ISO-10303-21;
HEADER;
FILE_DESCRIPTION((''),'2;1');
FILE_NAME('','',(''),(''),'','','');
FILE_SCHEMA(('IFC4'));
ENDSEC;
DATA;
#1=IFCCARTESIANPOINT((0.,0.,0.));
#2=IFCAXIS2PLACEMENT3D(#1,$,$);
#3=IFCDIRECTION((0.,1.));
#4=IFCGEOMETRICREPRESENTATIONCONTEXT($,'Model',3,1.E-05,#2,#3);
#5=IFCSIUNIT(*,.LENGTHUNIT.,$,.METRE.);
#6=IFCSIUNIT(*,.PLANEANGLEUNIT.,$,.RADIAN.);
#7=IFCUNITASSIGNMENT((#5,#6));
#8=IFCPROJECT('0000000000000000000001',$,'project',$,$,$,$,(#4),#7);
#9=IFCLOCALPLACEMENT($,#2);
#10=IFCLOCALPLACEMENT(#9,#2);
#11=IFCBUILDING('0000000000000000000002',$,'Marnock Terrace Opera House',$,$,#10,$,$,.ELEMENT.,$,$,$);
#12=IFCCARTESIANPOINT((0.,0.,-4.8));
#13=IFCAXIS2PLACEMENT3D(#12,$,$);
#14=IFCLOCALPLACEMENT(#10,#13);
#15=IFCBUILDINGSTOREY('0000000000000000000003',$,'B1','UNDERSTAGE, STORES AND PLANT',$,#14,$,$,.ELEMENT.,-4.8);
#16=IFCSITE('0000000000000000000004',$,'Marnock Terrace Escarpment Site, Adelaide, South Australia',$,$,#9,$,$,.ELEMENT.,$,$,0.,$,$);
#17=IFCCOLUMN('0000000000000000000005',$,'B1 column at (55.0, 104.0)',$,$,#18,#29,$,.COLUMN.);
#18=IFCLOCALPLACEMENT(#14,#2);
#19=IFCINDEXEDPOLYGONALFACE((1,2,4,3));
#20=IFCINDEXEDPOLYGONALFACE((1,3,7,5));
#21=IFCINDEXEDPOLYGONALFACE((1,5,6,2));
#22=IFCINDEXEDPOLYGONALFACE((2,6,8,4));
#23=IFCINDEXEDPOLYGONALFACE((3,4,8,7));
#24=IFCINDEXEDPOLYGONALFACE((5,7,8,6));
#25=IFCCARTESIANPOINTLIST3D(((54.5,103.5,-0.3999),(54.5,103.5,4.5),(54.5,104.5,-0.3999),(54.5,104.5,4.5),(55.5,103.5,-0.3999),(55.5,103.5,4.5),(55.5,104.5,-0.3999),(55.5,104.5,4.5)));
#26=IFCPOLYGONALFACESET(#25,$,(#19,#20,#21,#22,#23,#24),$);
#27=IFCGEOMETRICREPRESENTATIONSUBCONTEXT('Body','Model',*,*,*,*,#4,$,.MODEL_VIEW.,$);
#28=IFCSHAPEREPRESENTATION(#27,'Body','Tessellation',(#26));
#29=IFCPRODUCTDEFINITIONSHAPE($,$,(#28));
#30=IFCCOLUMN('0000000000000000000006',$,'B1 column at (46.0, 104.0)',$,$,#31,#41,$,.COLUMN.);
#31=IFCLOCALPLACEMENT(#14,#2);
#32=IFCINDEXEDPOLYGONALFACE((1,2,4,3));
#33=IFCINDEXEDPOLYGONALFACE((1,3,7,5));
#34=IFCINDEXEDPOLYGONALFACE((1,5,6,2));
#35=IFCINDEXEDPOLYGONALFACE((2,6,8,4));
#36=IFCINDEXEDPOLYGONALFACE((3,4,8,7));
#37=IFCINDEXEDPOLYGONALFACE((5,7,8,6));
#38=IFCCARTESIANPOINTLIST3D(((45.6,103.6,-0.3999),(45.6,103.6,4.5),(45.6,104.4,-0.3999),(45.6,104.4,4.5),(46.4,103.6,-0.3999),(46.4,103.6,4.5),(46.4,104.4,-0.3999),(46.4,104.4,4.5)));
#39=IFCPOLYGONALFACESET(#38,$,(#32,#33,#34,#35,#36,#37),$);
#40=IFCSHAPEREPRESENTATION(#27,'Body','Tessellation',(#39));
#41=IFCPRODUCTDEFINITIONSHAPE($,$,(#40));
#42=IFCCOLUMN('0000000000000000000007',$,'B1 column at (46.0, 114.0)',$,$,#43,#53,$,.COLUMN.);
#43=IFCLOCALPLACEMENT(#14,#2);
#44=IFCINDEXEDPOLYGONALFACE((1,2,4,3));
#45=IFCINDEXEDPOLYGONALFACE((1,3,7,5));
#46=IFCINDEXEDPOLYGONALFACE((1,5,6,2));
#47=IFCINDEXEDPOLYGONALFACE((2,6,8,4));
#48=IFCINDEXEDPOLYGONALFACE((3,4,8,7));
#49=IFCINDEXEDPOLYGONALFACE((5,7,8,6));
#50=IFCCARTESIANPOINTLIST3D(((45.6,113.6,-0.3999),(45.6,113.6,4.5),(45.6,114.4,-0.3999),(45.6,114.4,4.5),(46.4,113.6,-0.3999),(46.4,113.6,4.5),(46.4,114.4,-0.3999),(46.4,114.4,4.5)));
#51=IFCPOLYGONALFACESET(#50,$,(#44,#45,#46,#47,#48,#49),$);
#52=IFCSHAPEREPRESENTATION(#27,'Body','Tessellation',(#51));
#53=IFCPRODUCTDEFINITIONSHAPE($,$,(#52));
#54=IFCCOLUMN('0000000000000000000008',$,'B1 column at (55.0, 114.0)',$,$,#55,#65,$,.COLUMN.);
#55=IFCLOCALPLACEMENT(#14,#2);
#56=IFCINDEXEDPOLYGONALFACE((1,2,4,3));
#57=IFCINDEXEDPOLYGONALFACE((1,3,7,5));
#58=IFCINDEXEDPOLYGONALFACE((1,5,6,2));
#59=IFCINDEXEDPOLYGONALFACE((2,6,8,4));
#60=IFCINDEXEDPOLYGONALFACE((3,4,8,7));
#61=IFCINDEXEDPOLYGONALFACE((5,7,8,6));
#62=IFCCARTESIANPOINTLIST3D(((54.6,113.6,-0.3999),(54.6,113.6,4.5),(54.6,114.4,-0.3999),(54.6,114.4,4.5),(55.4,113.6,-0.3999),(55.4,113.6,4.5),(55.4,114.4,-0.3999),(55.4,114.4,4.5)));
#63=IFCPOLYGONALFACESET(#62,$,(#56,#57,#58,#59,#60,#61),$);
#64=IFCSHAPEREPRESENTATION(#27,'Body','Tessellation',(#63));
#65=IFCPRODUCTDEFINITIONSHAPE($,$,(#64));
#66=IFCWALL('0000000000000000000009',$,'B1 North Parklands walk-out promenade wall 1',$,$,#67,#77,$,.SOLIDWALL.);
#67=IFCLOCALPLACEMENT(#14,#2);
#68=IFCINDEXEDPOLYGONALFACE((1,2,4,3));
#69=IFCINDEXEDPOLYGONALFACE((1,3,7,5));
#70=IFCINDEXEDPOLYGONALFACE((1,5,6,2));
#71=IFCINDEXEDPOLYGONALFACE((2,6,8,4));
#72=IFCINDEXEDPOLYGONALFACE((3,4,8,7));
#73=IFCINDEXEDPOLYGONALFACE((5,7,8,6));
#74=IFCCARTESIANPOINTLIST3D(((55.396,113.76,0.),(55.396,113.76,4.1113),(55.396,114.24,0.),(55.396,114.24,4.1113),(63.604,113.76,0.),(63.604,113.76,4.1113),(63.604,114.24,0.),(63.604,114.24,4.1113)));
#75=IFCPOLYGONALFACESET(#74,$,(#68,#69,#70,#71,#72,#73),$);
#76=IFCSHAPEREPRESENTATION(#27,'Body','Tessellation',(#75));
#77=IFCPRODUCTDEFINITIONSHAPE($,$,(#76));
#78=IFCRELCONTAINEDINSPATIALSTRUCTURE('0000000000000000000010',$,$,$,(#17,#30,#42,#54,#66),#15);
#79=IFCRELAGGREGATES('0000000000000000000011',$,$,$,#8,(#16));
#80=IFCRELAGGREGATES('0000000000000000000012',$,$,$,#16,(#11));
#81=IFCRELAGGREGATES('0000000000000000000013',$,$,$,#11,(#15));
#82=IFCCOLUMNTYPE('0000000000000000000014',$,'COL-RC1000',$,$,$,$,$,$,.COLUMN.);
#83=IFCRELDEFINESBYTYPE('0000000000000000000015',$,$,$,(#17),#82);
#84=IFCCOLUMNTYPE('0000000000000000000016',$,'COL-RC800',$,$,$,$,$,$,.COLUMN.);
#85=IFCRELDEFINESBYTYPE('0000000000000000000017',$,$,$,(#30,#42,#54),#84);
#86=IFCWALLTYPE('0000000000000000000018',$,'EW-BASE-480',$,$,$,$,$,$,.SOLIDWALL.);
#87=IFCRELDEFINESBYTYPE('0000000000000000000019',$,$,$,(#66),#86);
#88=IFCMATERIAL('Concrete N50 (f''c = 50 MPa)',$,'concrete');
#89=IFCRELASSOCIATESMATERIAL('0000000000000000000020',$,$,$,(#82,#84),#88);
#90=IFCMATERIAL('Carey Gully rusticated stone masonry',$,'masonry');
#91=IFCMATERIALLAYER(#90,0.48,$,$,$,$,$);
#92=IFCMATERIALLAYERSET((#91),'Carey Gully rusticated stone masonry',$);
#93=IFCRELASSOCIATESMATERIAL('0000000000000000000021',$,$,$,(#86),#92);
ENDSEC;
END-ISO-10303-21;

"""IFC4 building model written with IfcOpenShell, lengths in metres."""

from ifc_helpers import new_model, si_unit, direction, frame, frame_2d, origin, origin_2d, place, context, subcontext, project, spatial, rectangle, extrude, material, layer, layer_set, material_profile, profile_set, type_object, element, save


model = new_model("IFC4")

# Units and contexts
model_context = context("Model", 3, precision=1e-05, world=origin(), true_north=direction((0.0, 1.0)))
body_context = subcontext(model_context, "Body", "Model", "MODEL_VIEW")
ifc_project = project(units=[si_unit("LENGTHUNIT", "METRE"), si_unit("PLANEANGLEUNIT", "RADIAN")], contexts=[model_context])

# Site, building, storey
site_placement = place(None, origin())
site = spatial("IfcSite", under=ifc_project, at=site_placement, Name="Marnock Terrace Escarpment Site, Adelaide, South Australia", CompositionType="ELEMENT", RefElevation=0.0)
building_placement = place(site_placement, origin())
building = spatial("IfcBuilding", under=site, at=building_placement, Name="Marnock Terrace Opera House", CompositionType="ELEMENT")
storey_placement = place(building_placement, frame((0.0, 0.0, -4.8)))
storey = spatial("IfcBuildingStorey", under=building, at=storey_placement, Name="B1", Description="UNDERSTAGE, STORES AND PLANT", CompositionType="ELEMENT", Elevation=-4.8)

# Columns
ifc_material_1 = material(Name="Concrete N50 (f'c = 50 MPa)", Category="concrete")
ifc_material_profile_1 = material_profile(ifc_material_1, rectangle(XDim=1.0, YDim=1.0, at=origin_2d()))
ifc_profile_set_1 = profile_set([ifc_material_profile_1], Name="Concrete N50 (f'c = 50 MPa)")
column_type_1 = type_object("IfcColumnType", Name="COL-RC1000", PredefinedType="COLUMN", material=ifc_profile_set_1)
column_placement = place(storey_placement, frame((55.0, 104.0, -0.3999), z_axis=(0.0, 0.0, 1.0), x_axis=(1.0, 0.0, 0.0)))
element("IfcColumn", 1, at=column_placement, inside=storey, type_object=column_type_1, Name="B1 column at (55.0, 104.0)", PredefinedType="COLUMN", context=body_context, shape_type="SweptSolid", body=[
    extrude(rectangle(XDim=1.0, YDim=1.0, at=origin_2d()), origin(), (0.0, 0.0, 1.0), 4.8999),
])
ifc_material_profile_2 = material_profile(ifc_material_1, rectangle(XDim=0.8, YDim=0.8, at=origin_2d()))
ifc_profile_set_2 = profile_set([ifc_material_profile_2], Name="Concrete N50 (f'c = 50 MPa)")
column_type_2 = type_object("IfcColumnType", Name="COL-RC800", PredefinedType="COLUMN", material=ifc_profile_set_2)
for number, where, z_axis, x_axis, name in (
    (2, (46.0, 104.0, -0.3999), (0.0, 0.0, 1.0), (1.0, 0.0, 0.0), "B1 column at (46.0, 104.0)"),
    (3, (46.0, 114.0, -0.3999), (0.0, 0.0, 1.0), (1.0, 0.0, 0.0), "B1 column at (46.0, 114.0)"),
    (4, (55.0, 114.0, -0.3999), (0.0, 0.0, 1.0), (1.0, 0.0, 0.0), "B1 column at (55.0, 114.0)"),
):
    element("IfcColumn", number, at=place(storey_placement, frame(where, z_axis=z_axis, x_axis=x_axis)), inside=storey, type_object=column_type_2, Name=name, PredefinedType="COLUMN", context=body_context, shape_type="SweptSolid", body=[
        extrude(rectangle(XDim=0.8, YDim=0.8, at=origin_2d()), origin(), (0.0, 0.0, 1.0), 4.8999),
    ])

# Wall
ifc_material_2 = material(Name="Carey Gully rusticated stone masonry", Category="masonry")
ifc_layer_1 = layer(ifc_material_2, 0.48)
ifc_layer_set_1 = layer_set([ifc_layer_1], Name="Carey Gully rusticated stone masonry")
wall_type = type_object("IfcWallType", Name="EW-BASE-480", PredefinedType="SOLIDWALL", material=ifc_layer_set_1)
wall_placement = place(storey_placement, frame((55.396, 114.0, 0.0), z_axis=(0.0, 0.0, 1.0), x_axis=(1.0, 0.0, 0.0)))
element("IfcWall", 5, at=wall_placement, inside=storey, type_object=wall_type, Name="B1 North Parklands walk-out promenade wall 1", PredefinedType="SOLIDWALL", context=body_context, shape_type="SweptSolid", body=[
    extrude(rectangle(XDim=8.208, YDim=0.48, at=frame_2d((4.104, 0.0))), origin(), (0.0, 0.0, 1.0), 4.1113),
])

save(model, "model.ifc")
